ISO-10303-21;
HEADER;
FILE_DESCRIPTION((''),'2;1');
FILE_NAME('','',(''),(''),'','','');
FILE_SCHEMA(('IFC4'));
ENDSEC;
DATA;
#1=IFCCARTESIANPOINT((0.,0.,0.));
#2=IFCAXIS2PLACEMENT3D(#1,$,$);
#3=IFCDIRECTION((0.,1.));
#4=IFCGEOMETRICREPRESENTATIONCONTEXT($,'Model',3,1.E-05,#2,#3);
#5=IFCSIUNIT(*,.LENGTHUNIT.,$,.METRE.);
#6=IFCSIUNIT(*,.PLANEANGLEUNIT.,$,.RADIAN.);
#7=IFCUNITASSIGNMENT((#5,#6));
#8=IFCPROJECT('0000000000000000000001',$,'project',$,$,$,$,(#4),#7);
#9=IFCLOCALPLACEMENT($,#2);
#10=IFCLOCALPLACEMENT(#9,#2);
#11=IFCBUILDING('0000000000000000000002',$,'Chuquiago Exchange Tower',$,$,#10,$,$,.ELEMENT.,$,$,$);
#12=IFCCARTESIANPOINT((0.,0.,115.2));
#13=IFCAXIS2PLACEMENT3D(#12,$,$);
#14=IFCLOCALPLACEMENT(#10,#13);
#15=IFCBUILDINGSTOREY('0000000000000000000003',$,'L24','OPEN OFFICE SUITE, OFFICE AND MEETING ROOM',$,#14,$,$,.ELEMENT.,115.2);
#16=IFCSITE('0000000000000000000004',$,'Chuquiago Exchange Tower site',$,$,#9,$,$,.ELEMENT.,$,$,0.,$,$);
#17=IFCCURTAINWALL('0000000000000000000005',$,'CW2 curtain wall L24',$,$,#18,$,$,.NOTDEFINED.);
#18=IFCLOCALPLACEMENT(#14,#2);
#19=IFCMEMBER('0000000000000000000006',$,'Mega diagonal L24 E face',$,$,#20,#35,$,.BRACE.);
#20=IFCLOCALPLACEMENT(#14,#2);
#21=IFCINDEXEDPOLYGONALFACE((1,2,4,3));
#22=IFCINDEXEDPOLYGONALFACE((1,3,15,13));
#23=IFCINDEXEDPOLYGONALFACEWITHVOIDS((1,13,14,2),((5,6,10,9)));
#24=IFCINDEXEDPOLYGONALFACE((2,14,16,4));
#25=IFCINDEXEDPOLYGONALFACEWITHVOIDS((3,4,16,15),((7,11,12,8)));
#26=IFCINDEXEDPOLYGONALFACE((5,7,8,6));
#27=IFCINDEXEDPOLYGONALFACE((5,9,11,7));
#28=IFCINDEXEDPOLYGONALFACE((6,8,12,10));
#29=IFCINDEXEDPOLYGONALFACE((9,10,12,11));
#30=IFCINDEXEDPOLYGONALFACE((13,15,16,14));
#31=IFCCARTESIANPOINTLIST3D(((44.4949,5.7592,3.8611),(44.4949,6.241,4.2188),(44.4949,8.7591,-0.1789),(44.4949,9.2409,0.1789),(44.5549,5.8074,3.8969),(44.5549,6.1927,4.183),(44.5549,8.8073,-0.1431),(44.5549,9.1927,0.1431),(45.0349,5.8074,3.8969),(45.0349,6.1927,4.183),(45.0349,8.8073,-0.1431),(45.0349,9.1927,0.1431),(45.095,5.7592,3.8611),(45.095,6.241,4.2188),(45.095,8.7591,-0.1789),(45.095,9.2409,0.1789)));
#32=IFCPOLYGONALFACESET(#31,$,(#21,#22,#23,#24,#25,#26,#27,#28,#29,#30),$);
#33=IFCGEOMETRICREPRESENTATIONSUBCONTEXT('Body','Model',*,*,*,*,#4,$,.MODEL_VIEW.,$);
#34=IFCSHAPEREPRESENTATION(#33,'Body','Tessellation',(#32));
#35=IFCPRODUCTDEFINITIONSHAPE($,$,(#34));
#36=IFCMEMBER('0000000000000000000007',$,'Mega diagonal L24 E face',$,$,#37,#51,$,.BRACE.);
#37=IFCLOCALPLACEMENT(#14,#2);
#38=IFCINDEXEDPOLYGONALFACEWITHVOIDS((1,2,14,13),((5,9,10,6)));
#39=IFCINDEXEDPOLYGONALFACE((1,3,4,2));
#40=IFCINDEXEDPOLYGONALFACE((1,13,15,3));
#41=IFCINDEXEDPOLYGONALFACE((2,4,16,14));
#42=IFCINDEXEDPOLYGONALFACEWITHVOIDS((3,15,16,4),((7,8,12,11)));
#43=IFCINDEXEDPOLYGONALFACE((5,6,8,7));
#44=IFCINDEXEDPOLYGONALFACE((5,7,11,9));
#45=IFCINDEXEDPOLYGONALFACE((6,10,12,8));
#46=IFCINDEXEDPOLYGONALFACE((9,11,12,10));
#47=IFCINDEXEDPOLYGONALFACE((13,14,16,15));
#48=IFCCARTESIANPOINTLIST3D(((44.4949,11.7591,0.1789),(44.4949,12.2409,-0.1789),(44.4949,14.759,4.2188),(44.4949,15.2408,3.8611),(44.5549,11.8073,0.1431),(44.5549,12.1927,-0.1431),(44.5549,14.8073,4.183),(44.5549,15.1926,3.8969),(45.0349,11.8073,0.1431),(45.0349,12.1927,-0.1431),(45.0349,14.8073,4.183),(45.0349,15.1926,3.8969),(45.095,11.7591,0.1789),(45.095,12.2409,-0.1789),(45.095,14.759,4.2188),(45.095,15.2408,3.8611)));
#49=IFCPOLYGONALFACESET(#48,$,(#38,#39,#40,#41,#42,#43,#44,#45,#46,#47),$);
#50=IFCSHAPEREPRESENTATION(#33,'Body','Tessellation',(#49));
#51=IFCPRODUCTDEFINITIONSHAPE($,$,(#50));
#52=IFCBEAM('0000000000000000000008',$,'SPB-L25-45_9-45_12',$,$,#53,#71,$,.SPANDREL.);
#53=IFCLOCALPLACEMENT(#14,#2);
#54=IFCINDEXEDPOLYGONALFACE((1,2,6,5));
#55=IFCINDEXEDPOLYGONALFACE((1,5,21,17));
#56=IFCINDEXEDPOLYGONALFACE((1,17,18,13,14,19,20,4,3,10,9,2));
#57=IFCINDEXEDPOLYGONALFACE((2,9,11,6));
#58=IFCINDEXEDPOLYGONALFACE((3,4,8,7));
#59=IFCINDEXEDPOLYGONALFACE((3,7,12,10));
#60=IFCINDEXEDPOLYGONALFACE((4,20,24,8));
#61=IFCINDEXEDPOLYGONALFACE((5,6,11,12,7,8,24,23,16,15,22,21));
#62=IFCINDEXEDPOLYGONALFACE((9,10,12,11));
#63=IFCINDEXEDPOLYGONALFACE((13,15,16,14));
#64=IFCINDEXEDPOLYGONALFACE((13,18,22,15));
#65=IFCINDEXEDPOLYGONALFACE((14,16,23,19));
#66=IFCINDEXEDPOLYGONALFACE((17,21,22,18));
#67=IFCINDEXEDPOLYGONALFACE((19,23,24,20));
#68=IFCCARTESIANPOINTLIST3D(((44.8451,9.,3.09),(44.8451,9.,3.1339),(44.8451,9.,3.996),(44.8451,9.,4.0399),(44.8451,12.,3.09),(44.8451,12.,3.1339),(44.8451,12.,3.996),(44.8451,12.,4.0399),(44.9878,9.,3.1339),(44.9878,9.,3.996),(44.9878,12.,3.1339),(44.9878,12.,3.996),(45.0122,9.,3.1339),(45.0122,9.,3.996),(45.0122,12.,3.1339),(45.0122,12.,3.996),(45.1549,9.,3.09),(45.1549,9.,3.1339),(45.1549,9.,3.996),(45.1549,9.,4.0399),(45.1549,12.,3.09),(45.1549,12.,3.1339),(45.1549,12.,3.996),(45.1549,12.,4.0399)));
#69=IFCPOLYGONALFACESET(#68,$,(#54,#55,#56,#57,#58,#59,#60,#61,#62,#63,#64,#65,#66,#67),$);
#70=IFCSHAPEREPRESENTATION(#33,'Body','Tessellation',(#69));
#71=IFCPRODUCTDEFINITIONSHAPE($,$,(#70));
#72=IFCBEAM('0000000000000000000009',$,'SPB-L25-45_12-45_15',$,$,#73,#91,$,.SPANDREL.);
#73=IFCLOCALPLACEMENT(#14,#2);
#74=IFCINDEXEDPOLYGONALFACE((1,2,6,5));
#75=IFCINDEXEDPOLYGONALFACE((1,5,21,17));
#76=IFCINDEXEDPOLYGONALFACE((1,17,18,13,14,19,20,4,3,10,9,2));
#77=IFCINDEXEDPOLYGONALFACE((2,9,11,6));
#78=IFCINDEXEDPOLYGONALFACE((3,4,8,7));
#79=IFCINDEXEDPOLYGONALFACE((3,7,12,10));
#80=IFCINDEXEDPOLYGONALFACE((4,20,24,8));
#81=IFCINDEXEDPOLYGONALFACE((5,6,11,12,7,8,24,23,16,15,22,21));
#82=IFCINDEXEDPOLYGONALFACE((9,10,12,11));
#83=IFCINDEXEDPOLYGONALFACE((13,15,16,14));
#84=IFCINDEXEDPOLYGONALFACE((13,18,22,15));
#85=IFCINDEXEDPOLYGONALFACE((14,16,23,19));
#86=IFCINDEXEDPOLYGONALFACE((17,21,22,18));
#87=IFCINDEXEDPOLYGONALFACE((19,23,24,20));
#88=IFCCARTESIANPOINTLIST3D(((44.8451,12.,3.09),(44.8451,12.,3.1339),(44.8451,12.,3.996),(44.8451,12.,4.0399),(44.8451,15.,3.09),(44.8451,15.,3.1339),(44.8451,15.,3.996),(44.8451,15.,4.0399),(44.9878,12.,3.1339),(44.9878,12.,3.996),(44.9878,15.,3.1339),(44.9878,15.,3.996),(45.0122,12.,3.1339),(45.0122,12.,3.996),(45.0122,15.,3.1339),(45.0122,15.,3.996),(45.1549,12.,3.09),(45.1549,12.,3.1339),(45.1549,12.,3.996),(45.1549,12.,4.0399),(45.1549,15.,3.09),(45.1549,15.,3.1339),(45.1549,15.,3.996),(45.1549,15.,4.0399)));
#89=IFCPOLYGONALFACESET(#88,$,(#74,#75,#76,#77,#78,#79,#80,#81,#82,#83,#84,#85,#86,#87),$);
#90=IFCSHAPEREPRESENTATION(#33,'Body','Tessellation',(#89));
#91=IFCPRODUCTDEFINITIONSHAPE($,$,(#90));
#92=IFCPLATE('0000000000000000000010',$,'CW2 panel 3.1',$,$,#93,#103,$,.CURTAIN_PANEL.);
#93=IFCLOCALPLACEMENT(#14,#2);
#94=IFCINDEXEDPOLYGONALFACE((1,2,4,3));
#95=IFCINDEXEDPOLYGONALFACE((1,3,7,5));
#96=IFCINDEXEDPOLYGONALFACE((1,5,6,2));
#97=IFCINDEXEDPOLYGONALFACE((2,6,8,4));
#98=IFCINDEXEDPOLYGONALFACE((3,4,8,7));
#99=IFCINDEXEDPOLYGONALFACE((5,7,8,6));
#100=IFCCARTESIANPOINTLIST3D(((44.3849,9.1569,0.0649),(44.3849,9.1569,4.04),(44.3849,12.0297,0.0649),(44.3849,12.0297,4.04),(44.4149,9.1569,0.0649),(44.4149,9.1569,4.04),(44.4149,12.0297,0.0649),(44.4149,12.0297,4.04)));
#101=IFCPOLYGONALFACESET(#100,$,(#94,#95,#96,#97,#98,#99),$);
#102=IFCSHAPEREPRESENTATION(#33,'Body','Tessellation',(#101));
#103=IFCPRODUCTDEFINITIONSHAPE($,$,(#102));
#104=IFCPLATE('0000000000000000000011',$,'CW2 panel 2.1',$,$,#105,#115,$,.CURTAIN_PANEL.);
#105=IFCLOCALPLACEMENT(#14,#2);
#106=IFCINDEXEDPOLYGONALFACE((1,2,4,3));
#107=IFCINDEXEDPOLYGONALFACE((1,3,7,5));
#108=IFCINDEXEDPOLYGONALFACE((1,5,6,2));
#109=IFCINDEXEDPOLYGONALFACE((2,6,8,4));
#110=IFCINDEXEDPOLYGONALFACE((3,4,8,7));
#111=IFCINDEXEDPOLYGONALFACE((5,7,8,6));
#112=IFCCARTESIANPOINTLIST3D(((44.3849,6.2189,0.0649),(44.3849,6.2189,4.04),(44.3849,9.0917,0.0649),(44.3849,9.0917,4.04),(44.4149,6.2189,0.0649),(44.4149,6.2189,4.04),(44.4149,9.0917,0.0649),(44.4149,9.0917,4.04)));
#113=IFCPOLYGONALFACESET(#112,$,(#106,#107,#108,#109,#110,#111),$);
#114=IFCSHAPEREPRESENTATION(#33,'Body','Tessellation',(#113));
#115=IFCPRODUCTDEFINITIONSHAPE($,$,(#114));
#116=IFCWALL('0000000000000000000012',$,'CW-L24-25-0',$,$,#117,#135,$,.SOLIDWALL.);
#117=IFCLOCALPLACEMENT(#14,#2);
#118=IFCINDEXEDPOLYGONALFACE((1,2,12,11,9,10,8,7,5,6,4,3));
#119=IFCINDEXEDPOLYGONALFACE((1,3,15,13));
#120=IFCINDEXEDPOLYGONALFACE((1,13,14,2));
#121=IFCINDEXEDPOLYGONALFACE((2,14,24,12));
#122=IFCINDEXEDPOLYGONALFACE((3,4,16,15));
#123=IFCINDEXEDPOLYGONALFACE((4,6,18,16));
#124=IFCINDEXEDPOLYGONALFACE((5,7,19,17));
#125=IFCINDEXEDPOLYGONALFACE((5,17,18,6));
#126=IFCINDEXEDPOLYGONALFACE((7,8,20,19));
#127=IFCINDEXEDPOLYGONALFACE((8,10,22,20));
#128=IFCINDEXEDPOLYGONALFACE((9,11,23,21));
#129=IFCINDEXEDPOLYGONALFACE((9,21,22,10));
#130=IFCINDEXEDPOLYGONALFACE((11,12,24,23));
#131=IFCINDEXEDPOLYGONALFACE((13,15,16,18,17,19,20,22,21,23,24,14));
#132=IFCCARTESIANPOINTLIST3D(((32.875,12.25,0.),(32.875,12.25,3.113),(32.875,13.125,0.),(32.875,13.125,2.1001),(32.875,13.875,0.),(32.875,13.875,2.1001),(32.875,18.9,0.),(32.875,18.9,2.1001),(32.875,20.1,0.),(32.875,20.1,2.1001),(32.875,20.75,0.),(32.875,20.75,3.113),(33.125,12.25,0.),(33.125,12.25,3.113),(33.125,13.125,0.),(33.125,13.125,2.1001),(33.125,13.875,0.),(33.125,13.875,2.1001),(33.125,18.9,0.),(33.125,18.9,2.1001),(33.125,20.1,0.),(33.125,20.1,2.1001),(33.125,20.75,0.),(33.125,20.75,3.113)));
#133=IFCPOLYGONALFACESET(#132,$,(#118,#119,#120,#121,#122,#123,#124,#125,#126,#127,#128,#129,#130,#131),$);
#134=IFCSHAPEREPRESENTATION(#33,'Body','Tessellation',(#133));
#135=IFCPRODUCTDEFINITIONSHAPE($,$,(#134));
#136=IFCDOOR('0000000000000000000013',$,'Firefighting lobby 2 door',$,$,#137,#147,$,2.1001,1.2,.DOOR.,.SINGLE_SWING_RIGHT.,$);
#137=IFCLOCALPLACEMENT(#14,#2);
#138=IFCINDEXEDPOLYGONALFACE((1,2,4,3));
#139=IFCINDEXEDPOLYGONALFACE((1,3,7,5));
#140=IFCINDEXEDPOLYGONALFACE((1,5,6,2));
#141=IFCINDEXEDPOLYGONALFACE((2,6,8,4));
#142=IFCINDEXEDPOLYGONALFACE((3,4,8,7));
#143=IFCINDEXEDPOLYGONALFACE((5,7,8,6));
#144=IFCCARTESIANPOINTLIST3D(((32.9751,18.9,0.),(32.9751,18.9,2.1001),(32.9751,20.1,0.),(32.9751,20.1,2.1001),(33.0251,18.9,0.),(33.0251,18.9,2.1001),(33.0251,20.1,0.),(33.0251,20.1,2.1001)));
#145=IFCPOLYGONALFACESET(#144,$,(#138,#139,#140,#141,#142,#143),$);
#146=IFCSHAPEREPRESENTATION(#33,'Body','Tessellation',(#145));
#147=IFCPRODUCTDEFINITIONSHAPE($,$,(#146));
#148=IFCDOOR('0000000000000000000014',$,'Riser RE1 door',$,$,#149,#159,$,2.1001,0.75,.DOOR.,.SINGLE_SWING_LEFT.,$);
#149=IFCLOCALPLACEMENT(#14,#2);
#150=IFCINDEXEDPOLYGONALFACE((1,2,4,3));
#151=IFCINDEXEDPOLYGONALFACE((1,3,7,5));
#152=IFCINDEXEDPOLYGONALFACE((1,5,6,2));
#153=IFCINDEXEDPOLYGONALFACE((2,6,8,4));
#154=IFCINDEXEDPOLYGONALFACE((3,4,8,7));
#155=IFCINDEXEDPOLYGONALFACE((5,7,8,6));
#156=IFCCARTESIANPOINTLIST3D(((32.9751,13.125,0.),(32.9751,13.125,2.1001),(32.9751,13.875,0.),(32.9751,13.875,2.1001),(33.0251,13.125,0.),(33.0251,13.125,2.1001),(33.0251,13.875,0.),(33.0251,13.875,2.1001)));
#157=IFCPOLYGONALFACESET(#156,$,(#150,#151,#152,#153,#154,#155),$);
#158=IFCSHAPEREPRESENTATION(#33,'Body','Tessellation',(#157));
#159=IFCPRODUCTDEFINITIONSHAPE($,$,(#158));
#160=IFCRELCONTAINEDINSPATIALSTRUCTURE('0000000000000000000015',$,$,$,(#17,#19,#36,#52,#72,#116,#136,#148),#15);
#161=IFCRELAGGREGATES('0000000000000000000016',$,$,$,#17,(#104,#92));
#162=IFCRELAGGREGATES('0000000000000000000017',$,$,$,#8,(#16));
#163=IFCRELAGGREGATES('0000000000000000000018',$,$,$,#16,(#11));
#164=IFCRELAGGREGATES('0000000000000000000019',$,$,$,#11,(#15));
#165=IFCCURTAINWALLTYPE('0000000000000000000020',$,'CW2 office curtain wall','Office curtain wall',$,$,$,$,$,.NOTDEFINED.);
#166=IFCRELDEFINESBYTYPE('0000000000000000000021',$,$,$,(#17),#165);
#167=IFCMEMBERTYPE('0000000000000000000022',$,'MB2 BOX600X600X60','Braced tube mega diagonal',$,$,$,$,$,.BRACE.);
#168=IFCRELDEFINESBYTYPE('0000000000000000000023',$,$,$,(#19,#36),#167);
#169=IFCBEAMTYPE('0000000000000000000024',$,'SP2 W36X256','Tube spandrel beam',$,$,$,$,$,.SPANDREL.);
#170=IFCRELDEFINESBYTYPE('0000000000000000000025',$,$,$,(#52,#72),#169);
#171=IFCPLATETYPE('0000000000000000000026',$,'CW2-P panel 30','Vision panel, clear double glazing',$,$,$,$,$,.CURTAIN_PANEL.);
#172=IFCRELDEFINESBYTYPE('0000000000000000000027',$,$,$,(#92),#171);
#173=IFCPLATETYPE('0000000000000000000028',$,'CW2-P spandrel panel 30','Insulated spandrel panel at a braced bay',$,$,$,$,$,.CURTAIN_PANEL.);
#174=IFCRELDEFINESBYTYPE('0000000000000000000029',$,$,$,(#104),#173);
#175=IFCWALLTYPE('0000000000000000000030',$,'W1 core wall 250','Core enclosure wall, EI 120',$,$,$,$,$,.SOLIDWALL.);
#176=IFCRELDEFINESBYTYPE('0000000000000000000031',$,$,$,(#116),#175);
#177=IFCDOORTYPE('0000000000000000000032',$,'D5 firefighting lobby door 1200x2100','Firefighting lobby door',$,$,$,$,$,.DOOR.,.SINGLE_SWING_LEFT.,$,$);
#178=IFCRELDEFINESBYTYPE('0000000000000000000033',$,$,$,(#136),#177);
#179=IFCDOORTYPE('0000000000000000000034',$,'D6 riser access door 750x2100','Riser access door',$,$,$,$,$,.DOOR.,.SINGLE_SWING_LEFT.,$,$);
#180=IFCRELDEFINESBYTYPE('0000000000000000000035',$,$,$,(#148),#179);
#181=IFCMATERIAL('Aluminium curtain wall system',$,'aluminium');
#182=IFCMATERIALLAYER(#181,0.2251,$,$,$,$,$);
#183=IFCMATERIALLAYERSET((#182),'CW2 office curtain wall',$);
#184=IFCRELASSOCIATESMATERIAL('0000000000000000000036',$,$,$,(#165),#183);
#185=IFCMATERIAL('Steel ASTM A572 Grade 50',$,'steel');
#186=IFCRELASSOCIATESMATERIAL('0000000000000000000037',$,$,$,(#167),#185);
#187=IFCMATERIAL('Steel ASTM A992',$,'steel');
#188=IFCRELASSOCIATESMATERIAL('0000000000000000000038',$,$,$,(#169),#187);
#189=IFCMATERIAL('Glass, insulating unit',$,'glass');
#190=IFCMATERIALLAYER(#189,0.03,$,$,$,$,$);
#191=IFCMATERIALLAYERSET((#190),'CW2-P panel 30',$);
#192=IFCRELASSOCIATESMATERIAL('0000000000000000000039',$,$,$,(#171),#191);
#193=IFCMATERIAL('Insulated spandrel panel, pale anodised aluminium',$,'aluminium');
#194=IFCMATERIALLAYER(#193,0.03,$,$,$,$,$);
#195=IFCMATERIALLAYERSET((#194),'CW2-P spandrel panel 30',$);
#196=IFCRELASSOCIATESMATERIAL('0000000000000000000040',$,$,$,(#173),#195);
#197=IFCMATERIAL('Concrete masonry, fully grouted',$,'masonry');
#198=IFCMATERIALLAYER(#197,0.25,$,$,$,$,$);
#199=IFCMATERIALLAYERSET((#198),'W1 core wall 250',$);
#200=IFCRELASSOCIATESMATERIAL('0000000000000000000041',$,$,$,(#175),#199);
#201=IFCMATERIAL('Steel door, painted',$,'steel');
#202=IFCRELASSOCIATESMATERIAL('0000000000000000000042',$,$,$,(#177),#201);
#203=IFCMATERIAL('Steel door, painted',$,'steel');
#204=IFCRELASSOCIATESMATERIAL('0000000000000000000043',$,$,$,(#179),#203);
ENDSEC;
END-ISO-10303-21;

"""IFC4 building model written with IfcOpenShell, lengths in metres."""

from ifc_helpers import new_model, si_unit, direction, frame, frame_2d, origin, origin_2d, place, context, subcontext, project, spatial, rectangle, hollow_rectangle, i_section, extrude, material, layer, layer_set, material_profile, profile_set, type_object, element, fill, aggregate, save


model = new_model("IFC4")

# Units and contexts
model_context = context("Model", 3, precision=1e-05, world=origin(), true_north=direction((0.0, 1.0)))
body_context = subcontext(model_context, "Body", "Model", "MODEL_VIEW")
ifc_project = project(units=[si_unit("LENGTHUNIT", "METRE"), si_unit("PLANEANGLEUNIT", "RADIAN")], contexts=[model_context])

# Site, building, storey
site_placement = place(None, origin())
site = spatial("IfcSite", under=ifc_project, at=site_placement, Name="Chuquiago Exchange Tower site", CompositionType="ELEMENT", RefElevation=0.0)
building_placement = place(site_placement, origin())
building = spatial("IfcBuilding", under=site, at=building_placement, Name="Chuquiago Exchange Tower", CompositionType="ELEMENT")
storey_placement = place(building_placement, frame((0.0, 0.0, 115.2)))
storey = spatial("IfcBuildingStorey", under=building, at=storey_placement, Name="L24", Description="OPEN OFFICE SUITE, OFFICE AND MEETING ROOM", CompositionType="ELEMENT", Elevation=115.2)

# Curtain wall
ifc_material_1 = material(Name="Aluminium curtain wall system", Category="aluminium")
ifc_layer_1 = layer(ifc_material_1, 0.2251)
ifc_layer_set_1 = layer_set([ifc_layer_1], Name="CW2 office curtain wall")
curtain_wall_type = type_object("IfcCurtainWallType", Name="CW2 office curtain wall", Description="Office curtain wall", PredefinedType="NOTDEFINED", material=ifc_layer_set_1)
curtain_wall_placement = place(storey_placement, origin())
curtain_wall = element("IfcCurtainWall", 1, at=curtain_wall_placement, inside=storey, type_object=curtain_wall_type, Name="CW2 curtain wall L24", PredefinedType="NOTDEFINED")

# Members
ifc_material_2 = material(Name="Steel ASTM A572 Grade 50", Category="steel")
ifc_material_profile_1 = material_profile(ifc_material_2, hollow_rectangle(XDim=0.6001, YDim=0.6001, WallThickness=0.0601, at=origin_2d()), Name="BOX600X600X60")
ifc_profile_set_1 = profile_set([ifc_material_profile_1], Name="Steel ASTM A572 Grade 50")
member_type_1 = type_object("IfcMemberType", Name="MB2 BOX600X600X60", Description="Braced tube mega diagonal", PredefinedType="BRACE", material=ifc_profile_set_1)
for number, where, z_axis, x_axis, name in (
    (2, (44.7949, 9.0, 0.0), (0.0, -0.596174, 0.802855), (1.0, 0.0, 0.0), "Mega diagonal L24 E face"),
    (3, (44.7949, 12.0, 0.0), (0.0, 0.596174, 0.802855), (-1.0, 0.0, 0.0), "Mega diagonal L24 E face"),
):
    element("IfcMember", number, at=place(storey_placement, frame(where, z_axis=z_axis, x_axis=x_axis)), inside=storey, type_object=member_type_1, Name=name, PredefinedType="BRACE", context=body_context, shape_type="SweptSolid", body=[
        extrude(hollow_rectangle(XDim=0.6001, YDim=0.6001, WallThickness=0.0601, at=origin_2d()), origin(), (0.0, 0.0, 1.0), 5.032),
    ])

# Beams
ifc_material_3 = material(Name="Steel ASTM A992", Category="steel")
ifc_material_profile_2 = material_profile(ifc_material_3, i_section(OverallWidth=0.3098, OverallDepth=0.95, WebThickness=0.0244, FlangeThickness=0.0439, at=origin_2d()), Name="W36X256")
ifc_profile_set_2 = profile_set([ifc_material_profile_2], Name="Steel ASTM A992")
beam_type_1 = type_object("IfcBeamType", Name="SP2 W36X256", Description="Tube spandrel beam", PredefinedType="SPANDREL", material=ifc_profile_set_2)
for number, where, z_axis, x_axis, name in (
    (4, (45.0, 9.0, 3.5649), (0.0, 1.0, 0.0), (-1.0, 0.0, 0.0), "SPB-L25-45_9-45_12"),
    (5, (45.0, 12.0, 3.5649), (0.0, 1.0, 0.0), (-1.0, 0.0, 0.0), "SPB-L25-45_12-45_15"),
):
    element("IfcBeam", number, at=place(storey_placement, frame(where, z_axis=z_axis, x_axis=x_axis)), inside=storey, type_object=beam_type_1, Name=name, PredefinedType="SPANDREL", context=body_context, shape_type="SweptSolid", body=[
        extrude(i_section(OverallWidth=0.3098, OverallDepth=0.95, WebThickness=0.0244, FlangeThickness=0.0439, at=origin_2d()), origin(), (0.0, 0.0, 1.0), 3.0),
    ])

# Plates
ifc_material_4 = material(Name="Glass, insulating unit", Category="glass")
ifc_layer_2 = layer(ifc_material_4, 0.03)
ifc_layer_set_2 = layer_set([ifc_layer_2], Name="CW2-P panel 30")
plate_type_1 = type_object("IfcPlateType", Name="CW2-P panel 30", Description="Vision panel, clear double glazing", PredefinedType="CURTAIN_PANEL", material=ifc_layer_set_2)
plate_1_placement = place(storey_placement, frame((44.3999, 10.5933, 0.0649), z_axis=(0.0, 0.0, 1.0), x_axis=(0.0, 1.0, 0.0)))
plate_1 = element("IfcPlate", 6, at=plate_1_placement, type_object=plate_type_1, Name="CW2 panel 3.1", PredefinedType="CURTAIN_PANEL", context=body_context, shape_type="SweptSolid", body=[
    extrude(rectangle(XDim=2.8728, YDim=0.03, at=origin_2d()), origin(), (0.0, 0.0, 1.0), 3.9751),
])
ifc_material_5 = material(Name="Insulated spandrel panel, pale anodised aluminium", Category="aluminium")
ifc_layer_3 = layer(ifc_material_5, 0.03)
ifc_layer_set_3 = layer_set([ifc_layer_3], Name="CW2-P spandrel panel 30")
plate_type_2 = type_object("IfcPlateType", Name="CW2-P spandrel panel 30", Description="Insulated spandrel panel at a braced bay", PredefinedType="CURTAIN_PANEL", material=ifc_layer_set_3)
plate_2_placement = place(storey_placement, frame((44.3999, 7.6553, 0.0649), z_axis=(0.0, 0.0, 1.0), x_axis=(0.0, 1.0, 0.0)))
plate_2 = element("IfcPlate", 7, at=plate_2_placement, type_object=plate_type_2, Name="CW2 panel 2.1", PredefinedType="CURTAIN_PANEL", context=body_context, shape_type="SweptSolid", body=[
    extrude(rectangle(XDim=2.8728, YDim=0.03, at=origin_2d()), origin(), (0.0, 0.0, 1.0), 3.9751),
])
aggregate(curtain_wall, [plate_2, plate_1])

# Wall, openings, doors
ifc_material_6 = material(Name="Concrete masonry, fully grouted", Category="masonry")
ifc_layer_4 = layer(ifc_material_6, 0.25)
ifc_layer_set_4 = layer_set([ifc_layer_4], Name="W1 core wall 250")
wall_type_1 = type_object("IfcWallType", Name="W1 core wall 250", Description="Core enclosure wall, EI 120", PredefinedType="SOLIDWALL", material=ifc_layer_set_4)
wall_1_placement = place(storey_placement, frame((33.0, 12.25, 0.0), z_axis=(0.0, 0.0, 1.0), x_axis=(0.0, 1.0, 0.0)))
wall_1 = element("IfcWall", 8, at=wall_1_placement, inside=storey, type_object=wall_type_1, Name="CW-L24-25-0", PredefinedType="SOLIDWALL", context=body_context, shape_type="SweptSolid", body=[
    extrude(rectangle(XDim=8.5, YDim=0.25, at=frame_2d((4.25, 0.0))), origin(), (0.0, 0.0, 1.0), 3.113),
])
opening_1_placement = place(wall_1_placement, frame((6.6499, 0.0, 0.0)))
opening_1 = element("IfcOpeningElement", 9, at=opening_1_placement, cuts=wall_1, PredefinedType="OPENING", context=body_context, shape_type="SweptSolid", body=[
    extrude(rectangle(XDim=1.2, YDim=2.1001, at=frame_2d((0.6001, 1.05))), frame((0.0, 0.135, 0.0), z_axis=(0.0, -1.0, 0.0), x_axis=(1.0, 0.0, 0.0)), (0.0, 0.0, 1.0), 0.27),
])
opening_2_placement = place(wall_1_placement, frame((0.875, 0.0, 0.0)))
opening_2 = element("IfcOpeningElement", 10, at=opening_2_placement, cuts=wall_1, PredefinedType="OPENING", context=body_context, shape_type="SweptSolid", body=[
    extrude(rectangle(XDim=0.75, YDim=2.1001, at=frame_2d((0.375, 1.05))), frame((0.0, 0.135, 0.0), z_axis=(0.0, -1.0, 0.0), x_axis=(1.0, 0.0, 0.0)), (0.0, 0.0, 1.0), 0.27),
])
ifc_material_7 = material(Name="Steel door, painted", Category="steel")
door_type_1 = type_object("IfcDoorType", Name="D5 firefighting lobby door 1200x2100", Description="Firefighting lobby door", OperationType="SINGLE_SWING_LEFT", PredefinedType="DOOR", material=ifc_material_7)
door_1_placement = place(opening_1_placement, origin())
door_1 = element("IfcDoor", 11, at=door_1_placement, inside=storey, type_object=door_type_1, Name="Firefighting lobby 2 door", OperationType="SINGLE_SWING_RIGHT", OverallHeight=2.1001, OverallWidth=1.2, PredefinedType="DOOR", context=body_context, shape_type="SweptSolid", body=[
    extrude(rectangle(XDim=1.2, YDim=2.1001, at=frame_2d((0.6001, 1.05))), frame((0.0, 0.0249, 0.0), z_axis=(0.0, -1.0, 0.0), x_axis=(1.0, 0.0, 0.0)), (0.0, 0.0, 1.0), 0.05),
])
fill(opening_1, door_1)
ifc_material_8 = material(Name="Steel door, painted", Category="steel")
door_type_2 = type_object("IfcDoorType", Name="D6 riser access door 750x2100", Description="Riser access door", OperationType="SINGLE_SWING_LEFT", PredefinedType="DOOR", material=ifc_material_8)
door_2_placement = place(opening_2_placement, origin())
door_2 = element("IfcDoor", 12, at=door_2_placement, inside=storey, type_object=door_type_2, Name="Riser RE1 door", OperationType="SINGLE_SWING_LEFT", OverallHeight=2.1001, OverallWidth=0.75, PredefinedType="DOOR", context=body_context, shape_type="SweptSolid", body=[
    extrude(rectangle(XDim=0.75, YDim=2.1001, at=frame_2d((0.375, 1.05))), frame((0.0, 0.0249, 0.0), z_axis=(0.0, -1.0, 0.0), x_axis=(1.0, 0.0, 0.0)), (0.0, 0.0, 1.0), 0.05),
])
fill(opening_2, door_2)

save(model, "model.ifc")
